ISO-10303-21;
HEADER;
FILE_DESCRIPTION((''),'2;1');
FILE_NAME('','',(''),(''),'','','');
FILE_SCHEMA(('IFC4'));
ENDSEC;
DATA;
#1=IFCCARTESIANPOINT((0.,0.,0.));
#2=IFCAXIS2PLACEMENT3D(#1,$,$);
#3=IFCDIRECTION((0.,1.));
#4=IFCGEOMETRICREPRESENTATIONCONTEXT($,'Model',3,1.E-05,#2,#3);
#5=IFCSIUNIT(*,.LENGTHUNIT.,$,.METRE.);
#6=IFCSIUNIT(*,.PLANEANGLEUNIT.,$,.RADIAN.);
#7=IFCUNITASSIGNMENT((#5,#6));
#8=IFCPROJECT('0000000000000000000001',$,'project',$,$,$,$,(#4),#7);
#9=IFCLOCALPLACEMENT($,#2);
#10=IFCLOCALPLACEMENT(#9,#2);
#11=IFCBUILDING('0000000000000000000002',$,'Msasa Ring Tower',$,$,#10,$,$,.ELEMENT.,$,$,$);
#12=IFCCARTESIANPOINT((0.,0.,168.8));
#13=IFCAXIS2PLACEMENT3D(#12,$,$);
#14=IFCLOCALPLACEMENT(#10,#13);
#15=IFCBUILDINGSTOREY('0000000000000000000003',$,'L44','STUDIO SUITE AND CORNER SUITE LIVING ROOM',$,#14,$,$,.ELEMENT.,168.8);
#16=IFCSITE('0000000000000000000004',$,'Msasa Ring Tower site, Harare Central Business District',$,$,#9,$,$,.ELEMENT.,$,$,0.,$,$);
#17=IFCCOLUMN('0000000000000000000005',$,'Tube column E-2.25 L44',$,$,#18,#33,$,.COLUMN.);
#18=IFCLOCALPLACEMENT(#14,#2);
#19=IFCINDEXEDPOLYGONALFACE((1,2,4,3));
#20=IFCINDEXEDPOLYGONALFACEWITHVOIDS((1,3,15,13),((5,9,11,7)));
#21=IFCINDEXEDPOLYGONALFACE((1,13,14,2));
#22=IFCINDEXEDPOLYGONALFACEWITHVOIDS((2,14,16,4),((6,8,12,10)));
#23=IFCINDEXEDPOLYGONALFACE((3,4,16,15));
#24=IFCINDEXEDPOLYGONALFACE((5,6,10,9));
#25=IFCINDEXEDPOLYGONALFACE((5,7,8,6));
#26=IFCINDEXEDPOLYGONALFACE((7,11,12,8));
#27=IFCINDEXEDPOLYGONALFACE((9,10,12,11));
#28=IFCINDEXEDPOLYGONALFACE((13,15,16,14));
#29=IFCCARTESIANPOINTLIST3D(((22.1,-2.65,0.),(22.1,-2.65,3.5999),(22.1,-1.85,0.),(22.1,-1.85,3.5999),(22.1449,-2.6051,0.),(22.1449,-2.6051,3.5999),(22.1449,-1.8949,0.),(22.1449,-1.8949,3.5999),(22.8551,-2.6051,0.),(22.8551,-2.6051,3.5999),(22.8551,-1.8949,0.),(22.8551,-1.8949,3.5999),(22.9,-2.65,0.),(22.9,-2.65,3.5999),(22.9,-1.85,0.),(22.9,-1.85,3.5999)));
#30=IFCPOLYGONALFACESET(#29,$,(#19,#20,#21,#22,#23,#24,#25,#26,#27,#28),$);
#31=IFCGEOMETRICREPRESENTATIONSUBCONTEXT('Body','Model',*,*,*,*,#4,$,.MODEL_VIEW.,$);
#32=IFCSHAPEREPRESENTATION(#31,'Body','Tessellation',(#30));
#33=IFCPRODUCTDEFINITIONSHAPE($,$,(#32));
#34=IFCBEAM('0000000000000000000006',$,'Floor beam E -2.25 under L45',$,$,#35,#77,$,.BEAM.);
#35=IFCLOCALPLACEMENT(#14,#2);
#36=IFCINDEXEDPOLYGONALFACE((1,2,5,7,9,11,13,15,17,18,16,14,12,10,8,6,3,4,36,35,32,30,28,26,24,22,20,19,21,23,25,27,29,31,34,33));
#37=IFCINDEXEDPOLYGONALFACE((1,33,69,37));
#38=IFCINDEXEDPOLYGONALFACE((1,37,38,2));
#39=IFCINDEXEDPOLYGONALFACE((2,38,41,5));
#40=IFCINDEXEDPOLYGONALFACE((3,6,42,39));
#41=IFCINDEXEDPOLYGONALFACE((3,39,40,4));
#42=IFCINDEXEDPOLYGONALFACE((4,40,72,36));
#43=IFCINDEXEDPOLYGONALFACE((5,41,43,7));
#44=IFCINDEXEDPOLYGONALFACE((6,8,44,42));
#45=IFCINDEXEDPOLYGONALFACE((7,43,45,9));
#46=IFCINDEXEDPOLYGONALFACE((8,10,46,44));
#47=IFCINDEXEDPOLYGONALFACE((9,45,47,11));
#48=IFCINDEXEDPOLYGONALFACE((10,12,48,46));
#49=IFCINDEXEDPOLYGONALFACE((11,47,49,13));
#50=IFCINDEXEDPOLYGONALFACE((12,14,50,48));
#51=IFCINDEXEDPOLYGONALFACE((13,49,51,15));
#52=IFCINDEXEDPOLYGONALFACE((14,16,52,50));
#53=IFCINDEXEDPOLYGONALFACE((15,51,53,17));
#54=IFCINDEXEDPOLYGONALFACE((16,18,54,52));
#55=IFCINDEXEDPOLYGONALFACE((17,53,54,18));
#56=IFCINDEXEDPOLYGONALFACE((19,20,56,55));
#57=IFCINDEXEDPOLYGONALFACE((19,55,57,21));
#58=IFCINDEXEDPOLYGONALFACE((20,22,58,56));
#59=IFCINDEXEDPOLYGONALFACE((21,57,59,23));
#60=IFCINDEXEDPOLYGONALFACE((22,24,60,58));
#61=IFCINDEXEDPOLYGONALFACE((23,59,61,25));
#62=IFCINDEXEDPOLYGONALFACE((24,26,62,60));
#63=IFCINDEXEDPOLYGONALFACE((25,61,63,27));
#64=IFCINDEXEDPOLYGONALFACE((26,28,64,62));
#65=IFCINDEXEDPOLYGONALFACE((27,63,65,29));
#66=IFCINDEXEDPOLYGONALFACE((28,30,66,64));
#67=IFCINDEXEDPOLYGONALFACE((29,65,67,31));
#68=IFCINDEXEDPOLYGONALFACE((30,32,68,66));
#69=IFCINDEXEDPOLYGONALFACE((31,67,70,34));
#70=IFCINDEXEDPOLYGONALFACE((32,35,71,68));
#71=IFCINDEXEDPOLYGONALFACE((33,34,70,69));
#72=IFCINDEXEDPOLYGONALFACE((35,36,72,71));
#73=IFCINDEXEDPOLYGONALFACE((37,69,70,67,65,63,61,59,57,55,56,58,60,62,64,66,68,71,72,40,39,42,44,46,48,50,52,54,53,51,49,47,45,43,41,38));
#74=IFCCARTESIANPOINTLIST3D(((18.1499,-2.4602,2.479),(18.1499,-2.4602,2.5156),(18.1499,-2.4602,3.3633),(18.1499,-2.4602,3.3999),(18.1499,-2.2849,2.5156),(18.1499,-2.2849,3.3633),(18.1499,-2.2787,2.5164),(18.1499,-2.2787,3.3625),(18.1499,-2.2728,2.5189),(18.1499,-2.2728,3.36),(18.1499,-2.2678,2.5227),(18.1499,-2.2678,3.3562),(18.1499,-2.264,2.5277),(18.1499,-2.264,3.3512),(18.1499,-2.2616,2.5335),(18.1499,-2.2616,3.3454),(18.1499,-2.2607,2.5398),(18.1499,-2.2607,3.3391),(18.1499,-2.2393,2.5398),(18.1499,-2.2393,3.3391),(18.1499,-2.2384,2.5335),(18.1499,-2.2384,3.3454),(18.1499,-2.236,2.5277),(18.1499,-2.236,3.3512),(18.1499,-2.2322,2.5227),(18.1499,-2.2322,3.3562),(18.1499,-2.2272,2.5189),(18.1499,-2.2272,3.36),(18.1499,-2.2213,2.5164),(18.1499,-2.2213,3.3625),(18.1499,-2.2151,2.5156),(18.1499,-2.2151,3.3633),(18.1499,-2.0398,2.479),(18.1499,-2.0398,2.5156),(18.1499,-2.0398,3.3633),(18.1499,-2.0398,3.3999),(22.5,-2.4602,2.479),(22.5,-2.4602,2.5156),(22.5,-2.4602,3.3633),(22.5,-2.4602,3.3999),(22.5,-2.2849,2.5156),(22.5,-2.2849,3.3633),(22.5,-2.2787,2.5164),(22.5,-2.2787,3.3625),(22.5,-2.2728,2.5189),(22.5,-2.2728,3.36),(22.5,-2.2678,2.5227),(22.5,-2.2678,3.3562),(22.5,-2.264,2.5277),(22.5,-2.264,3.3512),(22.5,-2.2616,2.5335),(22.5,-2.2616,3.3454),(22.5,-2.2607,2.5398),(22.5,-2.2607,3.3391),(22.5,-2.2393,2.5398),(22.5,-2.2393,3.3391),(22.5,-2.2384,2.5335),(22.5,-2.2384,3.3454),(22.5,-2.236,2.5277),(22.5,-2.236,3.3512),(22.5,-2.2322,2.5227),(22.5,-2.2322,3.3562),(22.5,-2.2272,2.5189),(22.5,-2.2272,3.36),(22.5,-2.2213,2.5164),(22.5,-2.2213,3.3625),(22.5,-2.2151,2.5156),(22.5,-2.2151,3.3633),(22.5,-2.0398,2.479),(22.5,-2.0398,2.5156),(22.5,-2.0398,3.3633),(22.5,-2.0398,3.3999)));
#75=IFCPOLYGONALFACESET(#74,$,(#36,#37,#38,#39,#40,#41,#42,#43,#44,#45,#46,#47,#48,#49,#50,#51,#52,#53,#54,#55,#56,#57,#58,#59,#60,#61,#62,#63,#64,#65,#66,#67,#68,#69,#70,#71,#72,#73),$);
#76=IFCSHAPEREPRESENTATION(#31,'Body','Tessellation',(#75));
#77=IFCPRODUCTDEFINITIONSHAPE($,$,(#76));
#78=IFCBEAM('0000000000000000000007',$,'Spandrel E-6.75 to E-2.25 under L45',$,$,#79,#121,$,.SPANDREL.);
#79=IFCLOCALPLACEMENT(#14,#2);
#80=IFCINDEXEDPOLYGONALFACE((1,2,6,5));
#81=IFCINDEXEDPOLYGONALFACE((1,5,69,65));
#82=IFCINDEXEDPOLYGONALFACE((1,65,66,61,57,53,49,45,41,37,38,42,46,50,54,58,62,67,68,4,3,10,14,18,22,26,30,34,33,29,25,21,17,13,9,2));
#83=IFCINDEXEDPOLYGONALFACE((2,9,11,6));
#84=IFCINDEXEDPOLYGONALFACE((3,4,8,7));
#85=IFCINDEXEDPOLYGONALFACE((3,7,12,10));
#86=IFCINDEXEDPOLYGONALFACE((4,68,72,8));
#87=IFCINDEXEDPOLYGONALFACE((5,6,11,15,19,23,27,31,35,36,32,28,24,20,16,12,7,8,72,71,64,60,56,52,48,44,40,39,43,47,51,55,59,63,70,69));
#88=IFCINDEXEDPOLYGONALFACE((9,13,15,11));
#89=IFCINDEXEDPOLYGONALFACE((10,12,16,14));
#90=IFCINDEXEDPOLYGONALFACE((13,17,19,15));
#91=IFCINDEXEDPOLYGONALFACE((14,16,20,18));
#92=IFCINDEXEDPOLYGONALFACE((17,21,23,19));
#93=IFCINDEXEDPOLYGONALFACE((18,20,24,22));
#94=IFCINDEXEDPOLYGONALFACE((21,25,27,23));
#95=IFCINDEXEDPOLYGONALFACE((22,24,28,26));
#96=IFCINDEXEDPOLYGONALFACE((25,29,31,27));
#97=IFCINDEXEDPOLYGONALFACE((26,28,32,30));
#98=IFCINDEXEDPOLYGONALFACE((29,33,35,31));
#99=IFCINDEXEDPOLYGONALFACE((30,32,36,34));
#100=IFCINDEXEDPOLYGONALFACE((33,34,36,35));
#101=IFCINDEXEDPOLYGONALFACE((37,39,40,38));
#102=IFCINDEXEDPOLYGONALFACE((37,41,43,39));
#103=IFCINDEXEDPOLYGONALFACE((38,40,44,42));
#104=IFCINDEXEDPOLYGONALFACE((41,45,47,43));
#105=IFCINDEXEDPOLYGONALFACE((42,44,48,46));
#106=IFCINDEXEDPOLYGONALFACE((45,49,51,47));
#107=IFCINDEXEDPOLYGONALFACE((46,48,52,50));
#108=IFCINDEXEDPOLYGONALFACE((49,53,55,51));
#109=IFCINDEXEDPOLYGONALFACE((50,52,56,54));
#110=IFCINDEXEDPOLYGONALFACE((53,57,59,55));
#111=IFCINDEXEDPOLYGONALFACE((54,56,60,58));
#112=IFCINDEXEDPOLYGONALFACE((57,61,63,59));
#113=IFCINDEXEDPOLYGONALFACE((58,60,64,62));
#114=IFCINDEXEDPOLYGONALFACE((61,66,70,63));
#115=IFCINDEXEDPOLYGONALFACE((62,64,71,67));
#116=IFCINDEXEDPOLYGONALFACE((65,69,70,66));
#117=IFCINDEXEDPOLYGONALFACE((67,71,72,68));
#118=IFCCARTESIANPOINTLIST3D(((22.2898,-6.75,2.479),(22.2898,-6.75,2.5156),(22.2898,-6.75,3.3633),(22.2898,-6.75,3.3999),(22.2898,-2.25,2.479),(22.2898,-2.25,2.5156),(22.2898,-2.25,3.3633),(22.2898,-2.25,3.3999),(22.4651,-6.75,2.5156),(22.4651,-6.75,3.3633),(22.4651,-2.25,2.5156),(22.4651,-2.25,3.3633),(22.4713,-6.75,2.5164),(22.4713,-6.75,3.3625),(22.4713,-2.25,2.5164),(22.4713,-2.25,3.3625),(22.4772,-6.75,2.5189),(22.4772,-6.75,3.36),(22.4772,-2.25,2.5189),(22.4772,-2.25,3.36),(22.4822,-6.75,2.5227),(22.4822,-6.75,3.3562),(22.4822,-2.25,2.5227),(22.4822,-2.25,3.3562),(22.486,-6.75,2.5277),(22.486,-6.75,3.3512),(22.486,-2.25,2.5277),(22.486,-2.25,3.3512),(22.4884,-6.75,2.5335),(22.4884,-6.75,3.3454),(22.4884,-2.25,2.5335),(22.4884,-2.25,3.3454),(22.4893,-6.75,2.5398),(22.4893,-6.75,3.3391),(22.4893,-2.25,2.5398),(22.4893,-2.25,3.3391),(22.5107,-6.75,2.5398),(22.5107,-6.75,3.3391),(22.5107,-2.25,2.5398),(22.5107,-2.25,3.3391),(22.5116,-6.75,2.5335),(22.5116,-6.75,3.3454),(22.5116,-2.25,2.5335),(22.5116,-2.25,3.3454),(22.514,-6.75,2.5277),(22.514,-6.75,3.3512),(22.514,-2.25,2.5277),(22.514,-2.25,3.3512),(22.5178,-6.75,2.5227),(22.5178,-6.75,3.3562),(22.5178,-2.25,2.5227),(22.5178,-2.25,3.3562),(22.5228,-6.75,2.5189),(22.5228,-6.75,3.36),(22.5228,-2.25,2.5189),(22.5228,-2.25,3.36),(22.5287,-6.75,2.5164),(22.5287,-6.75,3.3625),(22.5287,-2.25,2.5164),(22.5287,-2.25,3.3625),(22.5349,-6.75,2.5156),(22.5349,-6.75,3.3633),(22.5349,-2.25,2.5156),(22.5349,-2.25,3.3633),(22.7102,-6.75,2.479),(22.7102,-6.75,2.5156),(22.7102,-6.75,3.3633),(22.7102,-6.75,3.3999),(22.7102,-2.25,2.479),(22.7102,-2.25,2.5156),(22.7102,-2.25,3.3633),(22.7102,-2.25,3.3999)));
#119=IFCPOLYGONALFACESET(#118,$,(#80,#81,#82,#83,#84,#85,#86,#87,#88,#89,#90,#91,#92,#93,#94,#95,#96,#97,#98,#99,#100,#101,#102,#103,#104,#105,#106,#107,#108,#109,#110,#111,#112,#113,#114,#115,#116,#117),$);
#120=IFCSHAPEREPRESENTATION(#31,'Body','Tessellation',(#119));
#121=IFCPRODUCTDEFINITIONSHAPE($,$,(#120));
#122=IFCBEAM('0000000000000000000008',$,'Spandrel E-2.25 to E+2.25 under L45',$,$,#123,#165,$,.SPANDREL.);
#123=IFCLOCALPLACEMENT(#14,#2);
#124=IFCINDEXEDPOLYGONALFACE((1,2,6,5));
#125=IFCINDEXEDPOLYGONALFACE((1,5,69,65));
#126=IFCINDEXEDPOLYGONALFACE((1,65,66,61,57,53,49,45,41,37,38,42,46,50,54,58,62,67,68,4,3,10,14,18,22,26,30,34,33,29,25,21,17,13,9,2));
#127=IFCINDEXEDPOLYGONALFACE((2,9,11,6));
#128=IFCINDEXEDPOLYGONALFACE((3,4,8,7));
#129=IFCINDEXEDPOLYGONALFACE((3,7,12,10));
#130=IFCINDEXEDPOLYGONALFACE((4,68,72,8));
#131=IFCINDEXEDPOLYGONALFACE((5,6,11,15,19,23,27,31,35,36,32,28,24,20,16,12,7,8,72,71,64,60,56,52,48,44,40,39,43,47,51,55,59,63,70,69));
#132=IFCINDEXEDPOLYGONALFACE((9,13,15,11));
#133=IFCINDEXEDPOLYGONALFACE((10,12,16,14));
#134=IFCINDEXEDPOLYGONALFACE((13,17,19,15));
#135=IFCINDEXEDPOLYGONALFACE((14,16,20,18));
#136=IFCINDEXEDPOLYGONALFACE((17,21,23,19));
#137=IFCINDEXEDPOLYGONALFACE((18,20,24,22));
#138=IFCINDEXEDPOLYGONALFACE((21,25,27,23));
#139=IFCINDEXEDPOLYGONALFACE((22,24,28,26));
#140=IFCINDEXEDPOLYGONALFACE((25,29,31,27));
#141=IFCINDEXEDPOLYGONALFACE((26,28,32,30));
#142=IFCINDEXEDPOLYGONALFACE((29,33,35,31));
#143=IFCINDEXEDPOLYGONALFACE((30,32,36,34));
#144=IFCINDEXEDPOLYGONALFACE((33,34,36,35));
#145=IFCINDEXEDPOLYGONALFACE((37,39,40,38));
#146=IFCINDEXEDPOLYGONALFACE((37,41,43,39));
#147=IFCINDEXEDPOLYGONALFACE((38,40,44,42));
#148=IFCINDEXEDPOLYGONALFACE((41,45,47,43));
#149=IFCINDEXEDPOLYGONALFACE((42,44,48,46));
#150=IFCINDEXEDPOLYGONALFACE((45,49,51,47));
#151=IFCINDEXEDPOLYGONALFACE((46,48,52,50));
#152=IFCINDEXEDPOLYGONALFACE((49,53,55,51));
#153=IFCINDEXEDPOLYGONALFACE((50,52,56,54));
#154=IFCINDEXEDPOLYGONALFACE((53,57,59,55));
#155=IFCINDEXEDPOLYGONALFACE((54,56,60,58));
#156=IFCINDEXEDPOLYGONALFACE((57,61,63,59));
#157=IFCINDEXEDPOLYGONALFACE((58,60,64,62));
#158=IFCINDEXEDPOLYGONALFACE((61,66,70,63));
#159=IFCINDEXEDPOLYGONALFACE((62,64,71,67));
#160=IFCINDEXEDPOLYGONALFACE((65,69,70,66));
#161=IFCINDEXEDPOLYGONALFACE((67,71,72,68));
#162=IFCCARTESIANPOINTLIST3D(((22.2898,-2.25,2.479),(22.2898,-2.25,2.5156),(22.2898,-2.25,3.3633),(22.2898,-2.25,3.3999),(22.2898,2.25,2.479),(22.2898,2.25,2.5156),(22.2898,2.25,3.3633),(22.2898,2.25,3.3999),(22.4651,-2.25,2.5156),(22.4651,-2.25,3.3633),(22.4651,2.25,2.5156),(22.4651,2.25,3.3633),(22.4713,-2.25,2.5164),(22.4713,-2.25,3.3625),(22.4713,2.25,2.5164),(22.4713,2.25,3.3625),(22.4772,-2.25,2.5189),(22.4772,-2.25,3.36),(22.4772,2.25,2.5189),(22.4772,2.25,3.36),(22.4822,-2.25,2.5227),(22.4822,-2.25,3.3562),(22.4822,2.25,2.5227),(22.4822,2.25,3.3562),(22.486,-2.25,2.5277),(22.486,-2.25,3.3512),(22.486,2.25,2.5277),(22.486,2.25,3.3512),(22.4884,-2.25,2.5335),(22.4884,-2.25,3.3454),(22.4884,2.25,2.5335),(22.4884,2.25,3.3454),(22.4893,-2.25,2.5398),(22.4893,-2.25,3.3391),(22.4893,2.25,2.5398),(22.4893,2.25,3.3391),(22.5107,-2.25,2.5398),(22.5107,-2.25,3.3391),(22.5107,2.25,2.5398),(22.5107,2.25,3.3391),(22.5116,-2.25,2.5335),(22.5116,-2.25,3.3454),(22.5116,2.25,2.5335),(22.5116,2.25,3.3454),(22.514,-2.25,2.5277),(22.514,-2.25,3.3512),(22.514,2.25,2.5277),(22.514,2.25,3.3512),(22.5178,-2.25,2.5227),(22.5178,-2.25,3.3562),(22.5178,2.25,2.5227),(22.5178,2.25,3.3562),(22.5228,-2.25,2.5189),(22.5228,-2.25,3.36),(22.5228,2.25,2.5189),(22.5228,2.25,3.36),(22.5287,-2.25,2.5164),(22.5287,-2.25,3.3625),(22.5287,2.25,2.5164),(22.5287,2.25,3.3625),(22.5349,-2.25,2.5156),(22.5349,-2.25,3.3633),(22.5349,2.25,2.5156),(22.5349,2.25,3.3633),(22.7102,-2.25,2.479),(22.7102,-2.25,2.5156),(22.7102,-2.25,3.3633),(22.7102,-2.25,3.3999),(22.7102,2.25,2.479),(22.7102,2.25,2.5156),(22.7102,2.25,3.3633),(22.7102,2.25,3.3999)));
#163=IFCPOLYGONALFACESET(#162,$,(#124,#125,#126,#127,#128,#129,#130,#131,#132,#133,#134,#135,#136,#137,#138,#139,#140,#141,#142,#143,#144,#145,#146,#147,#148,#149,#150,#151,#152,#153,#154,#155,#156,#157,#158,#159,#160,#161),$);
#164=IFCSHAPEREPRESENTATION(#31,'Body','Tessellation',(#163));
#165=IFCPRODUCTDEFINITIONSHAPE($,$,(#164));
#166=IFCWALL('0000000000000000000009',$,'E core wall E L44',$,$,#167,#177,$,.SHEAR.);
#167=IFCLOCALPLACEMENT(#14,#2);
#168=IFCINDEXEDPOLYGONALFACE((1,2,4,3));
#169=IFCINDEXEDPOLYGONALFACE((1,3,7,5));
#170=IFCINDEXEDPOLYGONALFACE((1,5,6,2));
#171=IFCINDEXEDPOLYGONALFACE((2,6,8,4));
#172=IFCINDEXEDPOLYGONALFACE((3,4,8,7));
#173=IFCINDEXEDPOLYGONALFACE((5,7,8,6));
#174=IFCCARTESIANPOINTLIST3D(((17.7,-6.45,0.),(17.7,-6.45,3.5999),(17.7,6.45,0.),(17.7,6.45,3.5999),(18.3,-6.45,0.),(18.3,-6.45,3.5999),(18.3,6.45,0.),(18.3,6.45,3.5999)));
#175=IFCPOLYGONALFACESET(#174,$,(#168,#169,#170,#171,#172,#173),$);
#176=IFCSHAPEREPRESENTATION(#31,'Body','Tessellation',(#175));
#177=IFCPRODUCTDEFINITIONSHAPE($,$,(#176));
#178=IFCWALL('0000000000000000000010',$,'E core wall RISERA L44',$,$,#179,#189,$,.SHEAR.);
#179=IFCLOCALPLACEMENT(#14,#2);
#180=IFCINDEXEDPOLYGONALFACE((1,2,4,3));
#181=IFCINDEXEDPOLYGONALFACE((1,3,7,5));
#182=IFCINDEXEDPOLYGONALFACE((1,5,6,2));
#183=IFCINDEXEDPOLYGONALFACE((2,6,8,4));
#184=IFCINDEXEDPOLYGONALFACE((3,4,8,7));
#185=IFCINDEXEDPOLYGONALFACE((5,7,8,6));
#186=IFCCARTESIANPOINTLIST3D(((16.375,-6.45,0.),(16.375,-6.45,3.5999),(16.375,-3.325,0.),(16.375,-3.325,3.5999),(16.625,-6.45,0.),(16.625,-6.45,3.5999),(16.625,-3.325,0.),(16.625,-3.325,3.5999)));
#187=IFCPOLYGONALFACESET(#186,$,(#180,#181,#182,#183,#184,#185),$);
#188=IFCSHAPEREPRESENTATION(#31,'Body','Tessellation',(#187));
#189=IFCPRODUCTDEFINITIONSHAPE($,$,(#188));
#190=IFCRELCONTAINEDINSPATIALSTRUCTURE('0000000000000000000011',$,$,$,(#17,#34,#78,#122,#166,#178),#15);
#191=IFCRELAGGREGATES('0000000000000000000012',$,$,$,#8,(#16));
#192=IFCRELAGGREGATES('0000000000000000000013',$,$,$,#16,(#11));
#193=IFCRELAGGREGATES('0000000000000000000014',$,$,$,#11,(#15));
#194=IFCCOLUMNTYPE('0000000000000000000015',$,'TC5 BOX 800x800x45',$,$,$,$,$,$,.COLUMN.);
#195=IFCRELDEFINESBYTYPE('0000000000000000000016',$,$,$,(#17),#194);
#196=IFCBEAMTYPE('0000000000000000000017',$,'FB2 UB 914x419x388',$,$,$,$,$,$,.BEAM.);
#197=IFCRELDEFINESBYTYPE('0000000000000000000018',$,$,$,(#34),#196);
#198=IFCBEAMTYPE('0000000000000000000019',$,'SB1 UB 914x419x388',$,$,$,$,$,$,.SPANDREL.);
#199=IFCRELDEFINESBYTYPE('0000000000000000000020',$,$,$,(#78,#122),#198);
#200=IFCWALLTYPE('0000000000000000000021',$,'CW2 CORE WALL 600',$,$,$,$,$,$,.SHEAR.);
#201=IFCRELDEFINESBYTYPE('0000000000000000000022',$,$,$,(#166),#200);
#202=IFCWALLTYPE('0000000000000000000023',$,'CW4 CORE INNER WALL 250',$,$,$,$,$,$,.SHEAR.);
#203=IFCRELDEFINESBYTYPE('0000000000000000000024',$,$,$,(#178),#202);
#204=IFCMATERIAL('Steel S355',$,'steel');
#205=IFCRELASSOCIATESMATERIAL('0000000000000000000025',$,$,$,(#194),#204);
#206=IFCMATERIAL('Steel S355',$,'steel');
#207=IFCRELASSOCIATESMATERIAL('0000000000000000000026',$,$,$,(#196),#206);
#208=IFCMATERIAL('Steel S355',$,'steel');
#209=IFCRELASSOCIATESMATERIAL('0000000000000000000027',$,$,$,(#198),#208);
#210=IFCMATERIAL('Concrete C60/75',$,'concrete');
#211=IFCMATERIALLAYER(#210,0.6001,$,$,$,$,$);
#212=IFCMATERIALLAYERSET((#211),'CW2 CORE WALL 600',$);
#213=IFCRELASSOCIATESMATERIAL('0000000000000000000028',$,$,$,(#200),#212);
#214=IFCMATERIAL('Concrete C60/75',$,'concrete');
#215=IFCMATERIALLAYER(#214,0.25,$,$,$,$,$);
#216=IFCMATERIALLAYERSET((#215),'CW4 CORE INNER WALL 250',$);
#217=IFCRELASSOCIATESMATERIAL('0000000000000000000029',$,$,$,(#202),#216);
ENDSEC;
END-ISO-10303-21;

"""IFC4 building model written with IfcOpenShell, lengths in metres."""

from ifc_helpers import new_model, si_unit, direction, frame, frame_2d, origin, origin_2d, place, context, subcontext, project, spatial, rectangle, hollow_rectangle, i_section, extrude, material, layer, layer_set, material_profile, profile_set, type_object, element, save


model = new_model("IFC4")

# Units and contexts
model_context = context("Model", 3, precision=1e-05, world=origin(), true_north=direction((0.0, 1.0)))
body_context = subcontext(model_context, "Body", "Model", "MODEL_VIEW")
ifc_project = project(units=[si_unit("LENGTHUNIT", "METRE"), si_unit("PLANEANGLEUNIT", "RADIAN")], contexts=[model_context])

# Site, building, storey
site_placement = place(None, origin())
site = spatial("IfcSite", under=ifc_project, at=site_placement, Name="Msasa Ring Tower site, Harare Central Business District", CompositionType="ELEMENT", RefElevation=0.0)
building_placement = place(site_placement, origin())
building = spatial("IfcBuilding", under=site, at=building_placement, Name="Msasa Ring Tower", CompositionType="ELEMENT")
storey_placement = place(building_placement, frame((0.0, 0.0, 168.8)))
storey = spatial("IfcBuildingStorey", under=building, at=storey_placement, Name="L44", Description="STUDIO SUITE AND CORNER SUITE LIVING ROOM", CompositionType="ELEMENT", Elevation=168.8)

# Column
ifc_material_1 = material(Name="Steel S355", Category="steel")
ifc_material_profile_1 = material_profile(ifc_material_1, hollow_rectangle(XDim=0.8, YDim=0.8, WallThickness=0.0449, at=origin_2d()), Name="BOX 800x800x45")
ifc_profile_set_1 = profile_set([ifc_material_profile_1], Name="Steel S355")
column_type = type_object("IfcColumnType", Name="TC5 BOX 800x800x45", PredefinedType="COLUMN", material=ifc_profile_set_1)
column_placement = place(storey_placement, frame((22.5, -2.25, 0.0), z_axis=(0.0, 0.0, 1.0), x_axis=(1.0, 0.0, 0.0)))
element("IfcColumn", 1, at=column_placement, inside=storey, type_object=column_type, Name="Tube column E-2.25 L44", PredefinedType="COLUMN", context=body_context, shape_type="SweptSolid", body=[
    extrude(hollow_rectangle(XDim=0.8, YDim=0.8, WallThickness=0.0449, at=origin_2d()), origin(), (0.0, 0.0, 1.0), 3.5999),
])

# Beams
ifc_material_2 = material(Name="Steel S355", Category="steel")
ifc_material_profile_2 = material_profile(ifc_material_2, i_section(OverallWidth=0.4204, OverallDepth=0.9209, WebThickness=0.0215, FlangeThickness=0.0366, FilletRadius=0.0242, at=origin_2d()), Name="UB 914x419x388")
ifc_profile_set_2 = profile_set([ifc_material_profile_2], Name="Steel S355")
beam_type_1 = type_object("IfcBeamType", Name="FB2 UB 914x419x388", PredefinedType="BEAM", material=ifc_profile_set_2)
beam_placement = place(storey_placement, frame((22.5, -2.25, 2.9395), z_axis=(-1.0, 0.0, 0.0), x_axis=(0.0, -1.0, 0.0)))
element("IfcBeam", 2, at=beam_placement, inside=storey, type_object=beam_type_1, Name="Floor beam E -2.25 under L45", PredefinedType="BEAM", context=body_context, shape_type="SweptSolid", body=[
    extrude(i_section(OverallWidth=0.4204, OverallDepth=0.9209, WebThickness=0.0215, FlangeThickness=0.0366, FilletRadius=0.0242, at=origin_2d()), origin(), (0.0, 0.0, 1.0), 4.3501),
])
ifc_material_3 = material(Name="Steel S355", Category="steel")
ifc_material_profile_3 = material_profile(ifc_material_3, i_section(OverallWidth=0.4204, OverallDepth=0.9209, WebThickness=0.0215, FlangeThickness=0.0366, FilletRadius=0.0242, at=origin_2d()), Name="UB 914x419x388")
ifc_profile_set_3 = profile_set([ifc_material_profile_3], Name="Steel S355")
beam_type_2 = type_object("IfcBeamType", Name="SB1 UB 914x419x388", PredefinedType="SPANDREL", material=ifc_profile_set_3)
for number, where, z_axis, x_axis, name in (
    (3, (22.5, -6.75, 2.9395), (0.0, 1.0, 0.0), (-1.0, 0.0, 0.0), "Spandrel E-6.75 to E-2.25 under L45"),
    (4, (22.5, -2.25, 2.9395), (0.0, 1.0, 0.0), (-1.0, 0.0, 0.0), "Spandrel E-2.25 to E+2.25 under L45"),
):
    element("IfcBeam", number, at=place(storey_placement, frame(where, z_axis=z_axis, x_axis=x_axis)), inside=storey, type_object=beam_type_2, Name=name, PredefinedType="SPANDREL", context=body_context, shape_type="SweptSolid", body=[
        extrude(i_section(OverallWidth=0.4204, OverallDepth=0.9209, WebThickness=0.0215, FlangeThickness=0.0366, FilletRadius=0.0242, at=origin_2d()), origin(), (0.0, 0.0, 1.0), 4.5),
    ])

# Walls
ifc_material_4 = material(Name="Concrete C60/75", Category="concrete")
ifc_layer_1 = layer(ifc_material_4, 0.6001)
ifc_layer_set_1 = layer_set([ifc_layer_1], Name="CW2 CORE WALL 600")
wall_type_1 = type_object("IfcWallType", Name="CW2 CORE WALL 600", PredefinedType="SHEAR", material=ifc_layer_set_1)
wall_1_placement = place(storey_placement, frame((18.0, -6.45, 0.0), z_axis=(0.0, 0.0, 1.0), x_axis=(0.0, 1.0, 0.0)))
element("IfcWall", 5, at=wall_1_placement, inside=storey, type_object=wall_type_1, Name="E core wall E L44", PredefinedType="SHEAR", context=body_context, shape_type="SweptSolid", body=[
    extrude(rectangle(XDim=12.8999, YDim=0.6001, at=frame_2d((6.45, 0.0))), origin(), (0.0, 0.0, 1.0), 3.5999),
])
ifc_material_5 = material(Name="Concrete C60/75", Category="concrete")
ifc_layer_2 = layer(ifc_material_5, 0.25)
ifc_layer_set_2 = layer_set([ifc_layer_2], Name="CW4 CORE INNER WALL 250")
wall_type_2 = type_object("IfcWallType", Name="CW4 CORE INNER WALL 250", PredefinedType="SHEAR", material=ifc_layer_set_2)
wall_2_placement = place(storey_placement, frame((16.5, -6.45, 0.0), z_axis=(0.0, 0.0, 1.0), x_axis=(0.0, 1.0, 0.0)))
element("IfcWall", 6, at=wall_2_placement, inside=storey, type_object=wall_type_2, Name="E core wall RISERA L44", PredefinedType="SHEAR", context=body_context, shape_type="SweptSolid", body=[
    extrude(rectangle(XDim=3.125, YDim=0.25, at=frame_2d((1.5625, 0.0))), origin(), (0.0, 0.0, 1.0), 3.5999),
])

save(model, "model.ifc")
